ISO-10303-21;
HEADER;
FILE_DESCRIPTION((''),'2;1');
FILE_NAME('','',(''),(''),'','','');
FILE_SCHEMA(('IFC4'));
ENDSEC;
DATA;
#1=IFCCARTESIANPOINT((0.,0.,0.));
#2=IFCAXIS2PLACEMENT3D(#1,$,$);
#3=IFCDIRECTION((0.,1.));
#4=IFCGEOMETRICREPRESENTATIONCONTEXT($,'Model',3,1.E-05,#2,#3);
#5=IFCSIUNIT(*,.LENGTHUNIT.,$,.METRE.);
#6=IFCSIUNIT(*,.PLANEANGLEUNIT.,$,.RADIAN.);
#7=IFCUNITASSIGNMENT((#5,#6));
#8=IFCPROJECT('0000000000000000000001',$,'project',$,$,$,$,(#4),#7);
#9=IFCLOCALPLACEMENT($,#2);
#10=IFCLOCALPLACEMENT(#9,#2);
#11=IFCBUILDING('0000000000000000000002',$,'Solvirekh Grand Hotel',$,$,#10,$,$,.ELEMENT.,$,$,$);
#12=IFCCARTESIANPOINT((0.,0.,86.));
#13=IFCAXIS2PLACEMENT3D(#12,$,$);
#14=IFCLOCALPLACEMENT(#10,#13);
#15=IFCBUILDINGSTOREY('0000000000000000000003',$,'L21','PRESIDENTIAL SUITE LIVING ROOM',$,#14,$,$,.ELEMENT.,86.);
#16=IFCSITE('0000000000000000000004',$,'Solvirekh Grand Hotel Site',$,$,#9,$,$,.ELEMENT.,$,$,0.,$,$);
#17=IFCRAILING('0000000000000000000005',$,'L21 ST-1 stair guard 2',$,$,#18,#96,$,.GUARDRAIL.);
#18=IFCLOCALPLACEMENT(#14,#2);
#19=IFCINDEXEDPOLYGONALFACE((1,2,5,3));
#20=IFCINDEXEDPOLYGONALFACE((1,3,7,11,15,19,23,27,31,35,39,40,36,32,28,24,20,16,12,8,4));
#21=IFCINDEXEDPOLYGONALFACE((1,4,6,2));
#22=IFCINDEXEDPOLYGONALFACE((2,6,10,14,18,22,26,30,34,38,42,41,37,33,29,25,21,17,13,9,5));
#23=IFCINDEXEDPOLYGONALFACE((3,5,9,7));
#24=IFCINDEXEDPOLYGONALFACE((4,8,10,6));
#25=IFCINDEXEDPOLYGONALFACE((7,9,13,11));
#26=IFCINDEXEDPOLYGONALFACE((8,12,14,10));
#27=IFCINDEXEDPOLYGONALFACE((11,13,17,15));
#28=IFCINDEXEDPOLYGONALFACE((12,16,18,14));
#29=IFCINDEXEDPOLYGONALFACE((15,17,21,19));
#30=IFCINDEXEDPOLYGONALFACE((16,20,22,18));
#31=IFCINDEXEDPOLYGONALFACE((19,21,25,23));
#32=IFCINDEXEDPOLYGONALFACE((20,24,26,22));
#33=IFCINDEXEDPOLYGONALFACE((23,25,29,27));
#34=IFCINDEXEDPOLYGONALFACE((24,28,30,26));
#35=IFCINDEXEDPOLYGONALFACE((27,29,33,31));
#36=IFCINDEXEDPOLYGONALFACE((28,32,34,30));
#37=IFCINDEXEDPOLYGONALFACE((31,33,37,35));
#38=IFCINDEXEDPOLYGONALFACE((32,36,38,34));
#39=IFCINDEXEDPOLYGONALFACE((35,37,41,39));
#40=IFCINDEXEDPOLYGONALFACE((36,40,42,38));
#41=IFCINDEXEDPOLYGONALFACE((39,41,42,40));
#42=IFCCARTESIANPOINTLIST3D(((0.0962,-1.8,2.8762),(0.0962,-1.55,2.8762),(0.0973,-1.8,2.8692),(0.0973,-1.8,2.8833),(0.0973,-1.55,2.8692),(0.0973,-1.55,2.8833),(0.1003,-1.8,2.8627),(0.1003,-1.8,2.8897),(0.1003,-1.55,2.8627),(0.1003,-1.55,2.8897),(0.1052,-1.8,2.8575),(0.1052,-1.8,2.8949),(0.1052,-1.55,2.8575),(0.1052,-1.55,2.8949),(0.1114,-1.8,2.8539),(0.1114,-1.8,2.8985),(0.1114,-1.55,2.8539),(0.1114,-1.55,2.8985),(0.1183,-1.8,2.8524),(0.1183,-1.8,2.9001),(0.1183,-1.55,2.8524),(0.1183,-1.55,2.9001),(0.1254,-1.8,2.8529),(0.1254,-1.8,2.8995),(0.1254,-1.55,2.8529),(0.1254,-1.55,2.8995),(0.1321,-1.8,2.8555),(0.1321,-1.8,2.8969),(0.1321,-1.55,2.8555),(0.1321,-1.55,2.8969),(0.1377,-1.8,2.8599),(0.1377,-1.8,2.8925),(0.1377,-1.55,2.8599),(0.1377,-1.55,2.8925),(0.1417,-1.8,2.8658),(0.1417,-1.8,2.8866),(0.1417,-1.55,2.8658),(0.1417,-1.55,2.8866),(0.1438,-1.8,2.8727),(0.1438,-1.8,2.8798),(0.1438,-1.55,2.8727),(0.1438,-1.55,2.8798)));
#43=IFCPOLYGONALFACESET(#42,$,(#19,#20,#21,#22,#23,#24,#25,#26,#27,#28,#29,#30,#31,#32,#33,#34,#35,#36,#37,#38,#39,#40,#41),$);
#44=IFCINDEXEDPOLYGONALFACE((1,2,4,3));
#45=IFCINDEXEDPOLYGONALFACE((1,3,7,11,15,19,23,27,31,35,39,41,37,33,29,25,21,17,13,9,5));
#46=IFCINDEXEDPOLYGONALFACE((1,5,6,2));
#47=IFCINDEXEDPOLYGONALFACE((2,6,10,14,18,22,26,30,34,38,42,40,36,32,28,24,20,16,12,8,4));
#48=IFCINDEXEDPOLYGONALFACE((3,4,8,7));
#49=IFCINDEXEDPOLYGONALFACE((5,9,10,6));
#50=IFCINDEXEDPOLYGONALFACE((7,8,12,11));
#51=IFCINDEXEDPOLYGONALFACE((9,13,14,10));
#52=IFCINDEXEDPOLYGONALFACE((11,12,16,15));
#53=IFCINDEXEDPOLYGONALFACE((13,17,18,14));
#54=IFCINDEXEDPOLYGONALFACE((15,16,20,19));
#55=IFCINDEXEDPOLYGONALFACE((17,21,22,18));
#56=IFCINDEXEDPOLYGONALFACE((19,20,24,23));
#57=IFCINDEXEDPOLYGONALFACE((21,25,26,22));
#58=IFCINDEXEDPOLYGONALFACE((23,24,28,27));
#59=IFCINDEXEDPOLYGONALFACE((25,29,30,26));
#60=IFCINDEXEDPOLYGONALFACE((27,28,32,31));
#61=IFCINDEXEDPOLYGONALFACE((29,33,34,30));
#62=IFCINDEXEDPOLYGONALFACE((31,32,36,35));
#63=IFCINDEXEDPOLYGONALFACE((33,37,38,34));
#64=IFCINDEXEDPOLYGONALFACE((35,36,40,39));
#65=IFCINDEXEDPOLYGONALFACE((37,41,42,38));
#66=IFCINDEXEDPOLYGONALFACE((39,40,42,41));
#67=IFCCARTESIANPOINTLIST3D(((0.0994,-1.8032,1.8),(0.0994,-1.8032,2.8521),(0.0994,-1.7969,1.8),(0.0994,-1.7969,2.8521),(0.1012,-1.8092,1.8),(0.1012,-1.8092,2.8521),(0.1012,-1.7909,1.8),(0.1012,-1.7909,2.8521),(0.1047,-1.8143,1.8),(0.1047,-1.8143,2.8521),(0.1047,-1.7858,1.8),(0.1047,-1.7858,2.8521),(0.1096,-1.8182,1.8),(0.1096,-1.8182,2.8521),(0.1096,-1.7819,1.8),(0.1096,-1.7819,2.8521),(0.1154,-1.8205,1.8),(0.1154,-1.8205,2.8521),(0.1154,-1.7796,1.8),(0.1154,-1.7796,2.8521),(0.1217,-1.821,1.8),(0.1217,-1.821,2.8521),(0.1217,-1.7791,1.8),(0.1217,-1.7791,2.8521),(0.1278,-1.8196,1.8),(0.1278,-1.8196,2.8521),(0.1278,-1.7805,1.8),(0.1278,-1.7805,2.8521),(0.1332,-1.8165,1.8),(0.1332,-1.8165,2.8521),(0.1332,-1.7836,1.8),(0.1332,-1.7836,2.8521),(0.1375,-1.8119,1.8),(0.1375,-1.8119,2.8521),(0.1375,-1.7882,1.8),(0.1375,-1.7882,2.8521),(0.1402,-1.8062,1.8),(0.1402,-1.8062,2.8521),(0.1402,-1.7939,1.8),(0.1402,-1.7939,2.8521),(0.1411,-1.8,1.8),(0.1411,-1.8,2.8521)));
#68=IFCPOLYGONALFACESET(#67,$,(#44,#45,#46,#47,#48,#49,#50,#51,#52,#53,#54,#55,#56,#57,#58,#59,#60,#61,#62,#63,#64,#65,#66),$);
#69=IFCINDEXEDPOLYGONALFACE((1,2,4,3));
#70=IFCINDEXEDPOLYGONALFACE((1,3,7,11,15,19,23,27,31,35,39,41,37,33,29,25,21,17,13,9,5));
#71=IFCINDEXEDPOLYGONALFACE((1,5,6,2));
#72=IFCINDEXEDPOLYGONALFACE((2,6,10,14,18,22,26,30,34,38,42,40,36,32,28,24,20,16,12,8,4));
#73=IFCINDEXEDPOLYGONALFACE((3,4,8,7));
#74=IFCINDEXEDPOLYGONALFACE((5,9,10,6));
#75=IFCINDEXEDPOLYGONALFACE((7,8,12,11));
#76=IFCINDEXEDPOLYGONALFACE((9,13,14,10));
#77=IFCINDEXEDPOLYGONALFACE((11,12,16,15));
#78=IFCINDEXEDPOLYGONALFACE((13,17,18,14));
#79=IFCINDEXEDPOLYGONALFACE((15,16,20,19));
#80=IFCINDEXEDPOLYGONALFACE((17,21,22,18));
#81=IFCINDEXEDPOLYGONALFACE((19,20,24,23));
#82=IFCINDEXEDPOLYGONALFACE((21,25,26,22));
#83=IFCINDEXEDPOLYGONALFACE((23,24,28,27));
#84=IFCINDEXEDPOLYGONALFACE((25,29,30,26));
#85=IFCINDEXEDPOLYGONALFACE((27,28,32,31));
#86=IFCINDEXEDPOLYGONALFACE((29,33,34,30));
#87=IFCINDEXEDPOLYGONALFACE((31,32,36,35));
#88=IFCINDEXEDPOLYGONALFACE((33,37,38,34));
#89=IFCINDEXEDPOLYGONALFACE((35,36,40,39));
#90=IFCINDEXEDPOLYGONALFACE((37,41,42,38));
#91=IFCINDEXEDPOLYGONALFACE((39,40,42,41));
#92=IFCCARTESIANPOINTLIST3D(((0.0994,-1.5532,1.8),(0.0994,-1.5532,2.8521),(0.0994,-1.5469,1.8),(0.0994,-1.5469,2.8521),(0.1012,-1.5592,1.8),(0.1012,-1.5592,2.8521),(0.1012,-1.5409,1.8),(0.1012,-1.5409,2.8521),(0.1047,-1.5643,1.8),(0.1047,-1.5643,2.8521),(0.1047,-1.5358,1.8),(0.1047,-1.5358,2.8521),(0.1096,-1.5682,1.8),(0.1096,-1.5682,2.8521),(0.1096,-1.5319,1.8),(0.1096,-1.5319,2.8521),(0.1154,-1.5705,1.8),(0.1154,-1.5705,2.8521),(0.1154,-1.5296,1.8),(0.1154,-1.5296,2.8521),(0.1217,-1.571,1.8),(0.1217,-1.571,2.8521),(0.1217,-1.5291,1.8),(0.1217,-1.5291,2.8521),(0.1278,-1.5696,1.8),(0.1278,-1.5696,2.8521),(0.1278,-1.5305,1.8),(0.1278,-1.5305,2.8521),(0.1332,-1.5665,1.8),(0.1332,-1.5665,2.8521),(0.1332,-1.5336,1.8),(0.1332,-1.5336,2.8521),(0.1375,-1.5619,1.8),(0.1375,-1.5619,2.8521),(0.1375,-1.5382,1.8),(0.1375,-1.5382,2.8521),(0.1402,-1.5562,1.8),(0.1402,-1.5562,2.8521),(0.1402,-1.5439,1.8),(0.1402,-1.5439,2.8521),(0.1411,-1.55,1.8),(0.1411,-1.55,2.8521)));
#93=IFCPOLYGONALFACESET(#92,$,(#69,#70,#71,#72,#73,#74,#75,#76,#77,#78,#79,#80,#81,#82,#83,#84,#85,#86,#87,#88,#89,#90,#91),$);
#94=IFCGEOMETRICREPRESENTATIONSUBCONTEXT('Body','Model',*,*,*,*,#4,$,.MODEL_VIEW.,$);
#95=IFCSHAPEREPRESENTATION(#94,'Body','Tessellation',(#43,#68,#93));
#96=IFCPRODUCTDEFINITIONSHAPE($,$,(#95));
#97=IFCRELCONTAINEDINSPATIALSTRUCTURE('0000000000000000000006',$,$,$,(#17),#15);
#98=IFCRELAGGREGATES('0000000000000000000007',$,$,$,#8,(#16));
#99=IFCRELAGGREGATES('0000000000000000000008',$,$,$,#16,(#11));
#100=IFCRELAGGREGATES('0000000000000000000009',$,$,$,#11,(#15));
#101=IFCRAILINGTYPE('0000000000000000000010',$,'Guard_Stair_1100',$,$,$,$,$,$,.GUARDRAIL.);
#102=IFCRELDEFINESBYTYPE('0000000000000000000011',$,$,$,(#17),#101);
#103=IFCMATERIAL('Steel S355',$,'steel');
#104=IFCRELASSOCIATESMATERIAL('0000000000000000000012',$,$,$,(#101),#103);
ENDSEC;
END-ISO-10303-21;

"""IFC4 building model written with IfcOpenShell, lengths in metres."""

from ifc_helpers import new_model, si_unit, direction, frame, origin, origin_2d, place, context, subcontext, project, spatial, circle, extrude, material, type_object, element, save


model = new_model("IFC4")

# Units and contexts
model_context = context("Model", 3, precision=1e-05, world=origin(), true_north=direction((0.0, 1.0)))
body_context = subcontext(model_context, "Body", "Model", "MODEL_VIEW")
ifc_project = project(units=[si_unit("LENGTHUNIT", "METRE"), si_unit("PLANEANGLEUNIT", "RADIAN")], contexts=[model_context])

# Site, building, storey
site_placement = place(None, origin())
site = spatial("IfcSite", under=ifc_project, at=site_placement, Name="Solvirekh Grand Hotel Site", CompositionType="ELEMENT", RefElevation=0.0)
building_placement = place(site_placement, origin())
building = spatial("IfcBuilding", under=site, at=building_placement, Name="Solvirekh Grand Hotel", CompositionType="ELEMENT")
storey_placement = place(building_placement, frame((0.0, 0.0, 86.0)))
storey = spatial("IfcBuildingStorey", under=building, at=storey_placement, Name="L21", Description="PRESIDENTIAL SUITE LIVING ROOM", CompositionType="ELEMENT", Elevation=86.0)

# Shared definitions
ifc_material_1 = material(Name="Steel S355", Category="steel")

# Railing
railing_type_1 = type_object("IfcRailingType", Name="Guard_Stair_1100", PredefinedType="GUARDRAIL", material=ifc_material_1)
railing_1_placement = place(storey_placement, frame((0.1201, -1.8, 1.8)))
element("IfcRailing", 1, at=railing_1_placement, inside=storey, type_object=railing_type_1, Name="L21 ST-1 stair guard 2", PredefinedType="GUARDRAIL", context=body_context, shape_type="SweptSolid", body=[
    extrude(circle(Radius=0.0239, at=origin_2d()), frame((0.0, 0.0, 1.0762), z_axis=(0.0, 1.0, 0.0), x_axis=(-1.0, 0.0, 0.0)), (0.0, 0.0, 1.0), 0.25),
    extrude(circle(Radius=0.021, at=origin_2d()), origin(), (0.0, 0.0, 1.0), 1.052),
    extrude(circle(Radius=0.021, at=origin_2d()), frame((0.0, 0.25, 0.0)), (0.0, 0.0, 1.0), 1.052),
])

save(model, "model.ifc")
